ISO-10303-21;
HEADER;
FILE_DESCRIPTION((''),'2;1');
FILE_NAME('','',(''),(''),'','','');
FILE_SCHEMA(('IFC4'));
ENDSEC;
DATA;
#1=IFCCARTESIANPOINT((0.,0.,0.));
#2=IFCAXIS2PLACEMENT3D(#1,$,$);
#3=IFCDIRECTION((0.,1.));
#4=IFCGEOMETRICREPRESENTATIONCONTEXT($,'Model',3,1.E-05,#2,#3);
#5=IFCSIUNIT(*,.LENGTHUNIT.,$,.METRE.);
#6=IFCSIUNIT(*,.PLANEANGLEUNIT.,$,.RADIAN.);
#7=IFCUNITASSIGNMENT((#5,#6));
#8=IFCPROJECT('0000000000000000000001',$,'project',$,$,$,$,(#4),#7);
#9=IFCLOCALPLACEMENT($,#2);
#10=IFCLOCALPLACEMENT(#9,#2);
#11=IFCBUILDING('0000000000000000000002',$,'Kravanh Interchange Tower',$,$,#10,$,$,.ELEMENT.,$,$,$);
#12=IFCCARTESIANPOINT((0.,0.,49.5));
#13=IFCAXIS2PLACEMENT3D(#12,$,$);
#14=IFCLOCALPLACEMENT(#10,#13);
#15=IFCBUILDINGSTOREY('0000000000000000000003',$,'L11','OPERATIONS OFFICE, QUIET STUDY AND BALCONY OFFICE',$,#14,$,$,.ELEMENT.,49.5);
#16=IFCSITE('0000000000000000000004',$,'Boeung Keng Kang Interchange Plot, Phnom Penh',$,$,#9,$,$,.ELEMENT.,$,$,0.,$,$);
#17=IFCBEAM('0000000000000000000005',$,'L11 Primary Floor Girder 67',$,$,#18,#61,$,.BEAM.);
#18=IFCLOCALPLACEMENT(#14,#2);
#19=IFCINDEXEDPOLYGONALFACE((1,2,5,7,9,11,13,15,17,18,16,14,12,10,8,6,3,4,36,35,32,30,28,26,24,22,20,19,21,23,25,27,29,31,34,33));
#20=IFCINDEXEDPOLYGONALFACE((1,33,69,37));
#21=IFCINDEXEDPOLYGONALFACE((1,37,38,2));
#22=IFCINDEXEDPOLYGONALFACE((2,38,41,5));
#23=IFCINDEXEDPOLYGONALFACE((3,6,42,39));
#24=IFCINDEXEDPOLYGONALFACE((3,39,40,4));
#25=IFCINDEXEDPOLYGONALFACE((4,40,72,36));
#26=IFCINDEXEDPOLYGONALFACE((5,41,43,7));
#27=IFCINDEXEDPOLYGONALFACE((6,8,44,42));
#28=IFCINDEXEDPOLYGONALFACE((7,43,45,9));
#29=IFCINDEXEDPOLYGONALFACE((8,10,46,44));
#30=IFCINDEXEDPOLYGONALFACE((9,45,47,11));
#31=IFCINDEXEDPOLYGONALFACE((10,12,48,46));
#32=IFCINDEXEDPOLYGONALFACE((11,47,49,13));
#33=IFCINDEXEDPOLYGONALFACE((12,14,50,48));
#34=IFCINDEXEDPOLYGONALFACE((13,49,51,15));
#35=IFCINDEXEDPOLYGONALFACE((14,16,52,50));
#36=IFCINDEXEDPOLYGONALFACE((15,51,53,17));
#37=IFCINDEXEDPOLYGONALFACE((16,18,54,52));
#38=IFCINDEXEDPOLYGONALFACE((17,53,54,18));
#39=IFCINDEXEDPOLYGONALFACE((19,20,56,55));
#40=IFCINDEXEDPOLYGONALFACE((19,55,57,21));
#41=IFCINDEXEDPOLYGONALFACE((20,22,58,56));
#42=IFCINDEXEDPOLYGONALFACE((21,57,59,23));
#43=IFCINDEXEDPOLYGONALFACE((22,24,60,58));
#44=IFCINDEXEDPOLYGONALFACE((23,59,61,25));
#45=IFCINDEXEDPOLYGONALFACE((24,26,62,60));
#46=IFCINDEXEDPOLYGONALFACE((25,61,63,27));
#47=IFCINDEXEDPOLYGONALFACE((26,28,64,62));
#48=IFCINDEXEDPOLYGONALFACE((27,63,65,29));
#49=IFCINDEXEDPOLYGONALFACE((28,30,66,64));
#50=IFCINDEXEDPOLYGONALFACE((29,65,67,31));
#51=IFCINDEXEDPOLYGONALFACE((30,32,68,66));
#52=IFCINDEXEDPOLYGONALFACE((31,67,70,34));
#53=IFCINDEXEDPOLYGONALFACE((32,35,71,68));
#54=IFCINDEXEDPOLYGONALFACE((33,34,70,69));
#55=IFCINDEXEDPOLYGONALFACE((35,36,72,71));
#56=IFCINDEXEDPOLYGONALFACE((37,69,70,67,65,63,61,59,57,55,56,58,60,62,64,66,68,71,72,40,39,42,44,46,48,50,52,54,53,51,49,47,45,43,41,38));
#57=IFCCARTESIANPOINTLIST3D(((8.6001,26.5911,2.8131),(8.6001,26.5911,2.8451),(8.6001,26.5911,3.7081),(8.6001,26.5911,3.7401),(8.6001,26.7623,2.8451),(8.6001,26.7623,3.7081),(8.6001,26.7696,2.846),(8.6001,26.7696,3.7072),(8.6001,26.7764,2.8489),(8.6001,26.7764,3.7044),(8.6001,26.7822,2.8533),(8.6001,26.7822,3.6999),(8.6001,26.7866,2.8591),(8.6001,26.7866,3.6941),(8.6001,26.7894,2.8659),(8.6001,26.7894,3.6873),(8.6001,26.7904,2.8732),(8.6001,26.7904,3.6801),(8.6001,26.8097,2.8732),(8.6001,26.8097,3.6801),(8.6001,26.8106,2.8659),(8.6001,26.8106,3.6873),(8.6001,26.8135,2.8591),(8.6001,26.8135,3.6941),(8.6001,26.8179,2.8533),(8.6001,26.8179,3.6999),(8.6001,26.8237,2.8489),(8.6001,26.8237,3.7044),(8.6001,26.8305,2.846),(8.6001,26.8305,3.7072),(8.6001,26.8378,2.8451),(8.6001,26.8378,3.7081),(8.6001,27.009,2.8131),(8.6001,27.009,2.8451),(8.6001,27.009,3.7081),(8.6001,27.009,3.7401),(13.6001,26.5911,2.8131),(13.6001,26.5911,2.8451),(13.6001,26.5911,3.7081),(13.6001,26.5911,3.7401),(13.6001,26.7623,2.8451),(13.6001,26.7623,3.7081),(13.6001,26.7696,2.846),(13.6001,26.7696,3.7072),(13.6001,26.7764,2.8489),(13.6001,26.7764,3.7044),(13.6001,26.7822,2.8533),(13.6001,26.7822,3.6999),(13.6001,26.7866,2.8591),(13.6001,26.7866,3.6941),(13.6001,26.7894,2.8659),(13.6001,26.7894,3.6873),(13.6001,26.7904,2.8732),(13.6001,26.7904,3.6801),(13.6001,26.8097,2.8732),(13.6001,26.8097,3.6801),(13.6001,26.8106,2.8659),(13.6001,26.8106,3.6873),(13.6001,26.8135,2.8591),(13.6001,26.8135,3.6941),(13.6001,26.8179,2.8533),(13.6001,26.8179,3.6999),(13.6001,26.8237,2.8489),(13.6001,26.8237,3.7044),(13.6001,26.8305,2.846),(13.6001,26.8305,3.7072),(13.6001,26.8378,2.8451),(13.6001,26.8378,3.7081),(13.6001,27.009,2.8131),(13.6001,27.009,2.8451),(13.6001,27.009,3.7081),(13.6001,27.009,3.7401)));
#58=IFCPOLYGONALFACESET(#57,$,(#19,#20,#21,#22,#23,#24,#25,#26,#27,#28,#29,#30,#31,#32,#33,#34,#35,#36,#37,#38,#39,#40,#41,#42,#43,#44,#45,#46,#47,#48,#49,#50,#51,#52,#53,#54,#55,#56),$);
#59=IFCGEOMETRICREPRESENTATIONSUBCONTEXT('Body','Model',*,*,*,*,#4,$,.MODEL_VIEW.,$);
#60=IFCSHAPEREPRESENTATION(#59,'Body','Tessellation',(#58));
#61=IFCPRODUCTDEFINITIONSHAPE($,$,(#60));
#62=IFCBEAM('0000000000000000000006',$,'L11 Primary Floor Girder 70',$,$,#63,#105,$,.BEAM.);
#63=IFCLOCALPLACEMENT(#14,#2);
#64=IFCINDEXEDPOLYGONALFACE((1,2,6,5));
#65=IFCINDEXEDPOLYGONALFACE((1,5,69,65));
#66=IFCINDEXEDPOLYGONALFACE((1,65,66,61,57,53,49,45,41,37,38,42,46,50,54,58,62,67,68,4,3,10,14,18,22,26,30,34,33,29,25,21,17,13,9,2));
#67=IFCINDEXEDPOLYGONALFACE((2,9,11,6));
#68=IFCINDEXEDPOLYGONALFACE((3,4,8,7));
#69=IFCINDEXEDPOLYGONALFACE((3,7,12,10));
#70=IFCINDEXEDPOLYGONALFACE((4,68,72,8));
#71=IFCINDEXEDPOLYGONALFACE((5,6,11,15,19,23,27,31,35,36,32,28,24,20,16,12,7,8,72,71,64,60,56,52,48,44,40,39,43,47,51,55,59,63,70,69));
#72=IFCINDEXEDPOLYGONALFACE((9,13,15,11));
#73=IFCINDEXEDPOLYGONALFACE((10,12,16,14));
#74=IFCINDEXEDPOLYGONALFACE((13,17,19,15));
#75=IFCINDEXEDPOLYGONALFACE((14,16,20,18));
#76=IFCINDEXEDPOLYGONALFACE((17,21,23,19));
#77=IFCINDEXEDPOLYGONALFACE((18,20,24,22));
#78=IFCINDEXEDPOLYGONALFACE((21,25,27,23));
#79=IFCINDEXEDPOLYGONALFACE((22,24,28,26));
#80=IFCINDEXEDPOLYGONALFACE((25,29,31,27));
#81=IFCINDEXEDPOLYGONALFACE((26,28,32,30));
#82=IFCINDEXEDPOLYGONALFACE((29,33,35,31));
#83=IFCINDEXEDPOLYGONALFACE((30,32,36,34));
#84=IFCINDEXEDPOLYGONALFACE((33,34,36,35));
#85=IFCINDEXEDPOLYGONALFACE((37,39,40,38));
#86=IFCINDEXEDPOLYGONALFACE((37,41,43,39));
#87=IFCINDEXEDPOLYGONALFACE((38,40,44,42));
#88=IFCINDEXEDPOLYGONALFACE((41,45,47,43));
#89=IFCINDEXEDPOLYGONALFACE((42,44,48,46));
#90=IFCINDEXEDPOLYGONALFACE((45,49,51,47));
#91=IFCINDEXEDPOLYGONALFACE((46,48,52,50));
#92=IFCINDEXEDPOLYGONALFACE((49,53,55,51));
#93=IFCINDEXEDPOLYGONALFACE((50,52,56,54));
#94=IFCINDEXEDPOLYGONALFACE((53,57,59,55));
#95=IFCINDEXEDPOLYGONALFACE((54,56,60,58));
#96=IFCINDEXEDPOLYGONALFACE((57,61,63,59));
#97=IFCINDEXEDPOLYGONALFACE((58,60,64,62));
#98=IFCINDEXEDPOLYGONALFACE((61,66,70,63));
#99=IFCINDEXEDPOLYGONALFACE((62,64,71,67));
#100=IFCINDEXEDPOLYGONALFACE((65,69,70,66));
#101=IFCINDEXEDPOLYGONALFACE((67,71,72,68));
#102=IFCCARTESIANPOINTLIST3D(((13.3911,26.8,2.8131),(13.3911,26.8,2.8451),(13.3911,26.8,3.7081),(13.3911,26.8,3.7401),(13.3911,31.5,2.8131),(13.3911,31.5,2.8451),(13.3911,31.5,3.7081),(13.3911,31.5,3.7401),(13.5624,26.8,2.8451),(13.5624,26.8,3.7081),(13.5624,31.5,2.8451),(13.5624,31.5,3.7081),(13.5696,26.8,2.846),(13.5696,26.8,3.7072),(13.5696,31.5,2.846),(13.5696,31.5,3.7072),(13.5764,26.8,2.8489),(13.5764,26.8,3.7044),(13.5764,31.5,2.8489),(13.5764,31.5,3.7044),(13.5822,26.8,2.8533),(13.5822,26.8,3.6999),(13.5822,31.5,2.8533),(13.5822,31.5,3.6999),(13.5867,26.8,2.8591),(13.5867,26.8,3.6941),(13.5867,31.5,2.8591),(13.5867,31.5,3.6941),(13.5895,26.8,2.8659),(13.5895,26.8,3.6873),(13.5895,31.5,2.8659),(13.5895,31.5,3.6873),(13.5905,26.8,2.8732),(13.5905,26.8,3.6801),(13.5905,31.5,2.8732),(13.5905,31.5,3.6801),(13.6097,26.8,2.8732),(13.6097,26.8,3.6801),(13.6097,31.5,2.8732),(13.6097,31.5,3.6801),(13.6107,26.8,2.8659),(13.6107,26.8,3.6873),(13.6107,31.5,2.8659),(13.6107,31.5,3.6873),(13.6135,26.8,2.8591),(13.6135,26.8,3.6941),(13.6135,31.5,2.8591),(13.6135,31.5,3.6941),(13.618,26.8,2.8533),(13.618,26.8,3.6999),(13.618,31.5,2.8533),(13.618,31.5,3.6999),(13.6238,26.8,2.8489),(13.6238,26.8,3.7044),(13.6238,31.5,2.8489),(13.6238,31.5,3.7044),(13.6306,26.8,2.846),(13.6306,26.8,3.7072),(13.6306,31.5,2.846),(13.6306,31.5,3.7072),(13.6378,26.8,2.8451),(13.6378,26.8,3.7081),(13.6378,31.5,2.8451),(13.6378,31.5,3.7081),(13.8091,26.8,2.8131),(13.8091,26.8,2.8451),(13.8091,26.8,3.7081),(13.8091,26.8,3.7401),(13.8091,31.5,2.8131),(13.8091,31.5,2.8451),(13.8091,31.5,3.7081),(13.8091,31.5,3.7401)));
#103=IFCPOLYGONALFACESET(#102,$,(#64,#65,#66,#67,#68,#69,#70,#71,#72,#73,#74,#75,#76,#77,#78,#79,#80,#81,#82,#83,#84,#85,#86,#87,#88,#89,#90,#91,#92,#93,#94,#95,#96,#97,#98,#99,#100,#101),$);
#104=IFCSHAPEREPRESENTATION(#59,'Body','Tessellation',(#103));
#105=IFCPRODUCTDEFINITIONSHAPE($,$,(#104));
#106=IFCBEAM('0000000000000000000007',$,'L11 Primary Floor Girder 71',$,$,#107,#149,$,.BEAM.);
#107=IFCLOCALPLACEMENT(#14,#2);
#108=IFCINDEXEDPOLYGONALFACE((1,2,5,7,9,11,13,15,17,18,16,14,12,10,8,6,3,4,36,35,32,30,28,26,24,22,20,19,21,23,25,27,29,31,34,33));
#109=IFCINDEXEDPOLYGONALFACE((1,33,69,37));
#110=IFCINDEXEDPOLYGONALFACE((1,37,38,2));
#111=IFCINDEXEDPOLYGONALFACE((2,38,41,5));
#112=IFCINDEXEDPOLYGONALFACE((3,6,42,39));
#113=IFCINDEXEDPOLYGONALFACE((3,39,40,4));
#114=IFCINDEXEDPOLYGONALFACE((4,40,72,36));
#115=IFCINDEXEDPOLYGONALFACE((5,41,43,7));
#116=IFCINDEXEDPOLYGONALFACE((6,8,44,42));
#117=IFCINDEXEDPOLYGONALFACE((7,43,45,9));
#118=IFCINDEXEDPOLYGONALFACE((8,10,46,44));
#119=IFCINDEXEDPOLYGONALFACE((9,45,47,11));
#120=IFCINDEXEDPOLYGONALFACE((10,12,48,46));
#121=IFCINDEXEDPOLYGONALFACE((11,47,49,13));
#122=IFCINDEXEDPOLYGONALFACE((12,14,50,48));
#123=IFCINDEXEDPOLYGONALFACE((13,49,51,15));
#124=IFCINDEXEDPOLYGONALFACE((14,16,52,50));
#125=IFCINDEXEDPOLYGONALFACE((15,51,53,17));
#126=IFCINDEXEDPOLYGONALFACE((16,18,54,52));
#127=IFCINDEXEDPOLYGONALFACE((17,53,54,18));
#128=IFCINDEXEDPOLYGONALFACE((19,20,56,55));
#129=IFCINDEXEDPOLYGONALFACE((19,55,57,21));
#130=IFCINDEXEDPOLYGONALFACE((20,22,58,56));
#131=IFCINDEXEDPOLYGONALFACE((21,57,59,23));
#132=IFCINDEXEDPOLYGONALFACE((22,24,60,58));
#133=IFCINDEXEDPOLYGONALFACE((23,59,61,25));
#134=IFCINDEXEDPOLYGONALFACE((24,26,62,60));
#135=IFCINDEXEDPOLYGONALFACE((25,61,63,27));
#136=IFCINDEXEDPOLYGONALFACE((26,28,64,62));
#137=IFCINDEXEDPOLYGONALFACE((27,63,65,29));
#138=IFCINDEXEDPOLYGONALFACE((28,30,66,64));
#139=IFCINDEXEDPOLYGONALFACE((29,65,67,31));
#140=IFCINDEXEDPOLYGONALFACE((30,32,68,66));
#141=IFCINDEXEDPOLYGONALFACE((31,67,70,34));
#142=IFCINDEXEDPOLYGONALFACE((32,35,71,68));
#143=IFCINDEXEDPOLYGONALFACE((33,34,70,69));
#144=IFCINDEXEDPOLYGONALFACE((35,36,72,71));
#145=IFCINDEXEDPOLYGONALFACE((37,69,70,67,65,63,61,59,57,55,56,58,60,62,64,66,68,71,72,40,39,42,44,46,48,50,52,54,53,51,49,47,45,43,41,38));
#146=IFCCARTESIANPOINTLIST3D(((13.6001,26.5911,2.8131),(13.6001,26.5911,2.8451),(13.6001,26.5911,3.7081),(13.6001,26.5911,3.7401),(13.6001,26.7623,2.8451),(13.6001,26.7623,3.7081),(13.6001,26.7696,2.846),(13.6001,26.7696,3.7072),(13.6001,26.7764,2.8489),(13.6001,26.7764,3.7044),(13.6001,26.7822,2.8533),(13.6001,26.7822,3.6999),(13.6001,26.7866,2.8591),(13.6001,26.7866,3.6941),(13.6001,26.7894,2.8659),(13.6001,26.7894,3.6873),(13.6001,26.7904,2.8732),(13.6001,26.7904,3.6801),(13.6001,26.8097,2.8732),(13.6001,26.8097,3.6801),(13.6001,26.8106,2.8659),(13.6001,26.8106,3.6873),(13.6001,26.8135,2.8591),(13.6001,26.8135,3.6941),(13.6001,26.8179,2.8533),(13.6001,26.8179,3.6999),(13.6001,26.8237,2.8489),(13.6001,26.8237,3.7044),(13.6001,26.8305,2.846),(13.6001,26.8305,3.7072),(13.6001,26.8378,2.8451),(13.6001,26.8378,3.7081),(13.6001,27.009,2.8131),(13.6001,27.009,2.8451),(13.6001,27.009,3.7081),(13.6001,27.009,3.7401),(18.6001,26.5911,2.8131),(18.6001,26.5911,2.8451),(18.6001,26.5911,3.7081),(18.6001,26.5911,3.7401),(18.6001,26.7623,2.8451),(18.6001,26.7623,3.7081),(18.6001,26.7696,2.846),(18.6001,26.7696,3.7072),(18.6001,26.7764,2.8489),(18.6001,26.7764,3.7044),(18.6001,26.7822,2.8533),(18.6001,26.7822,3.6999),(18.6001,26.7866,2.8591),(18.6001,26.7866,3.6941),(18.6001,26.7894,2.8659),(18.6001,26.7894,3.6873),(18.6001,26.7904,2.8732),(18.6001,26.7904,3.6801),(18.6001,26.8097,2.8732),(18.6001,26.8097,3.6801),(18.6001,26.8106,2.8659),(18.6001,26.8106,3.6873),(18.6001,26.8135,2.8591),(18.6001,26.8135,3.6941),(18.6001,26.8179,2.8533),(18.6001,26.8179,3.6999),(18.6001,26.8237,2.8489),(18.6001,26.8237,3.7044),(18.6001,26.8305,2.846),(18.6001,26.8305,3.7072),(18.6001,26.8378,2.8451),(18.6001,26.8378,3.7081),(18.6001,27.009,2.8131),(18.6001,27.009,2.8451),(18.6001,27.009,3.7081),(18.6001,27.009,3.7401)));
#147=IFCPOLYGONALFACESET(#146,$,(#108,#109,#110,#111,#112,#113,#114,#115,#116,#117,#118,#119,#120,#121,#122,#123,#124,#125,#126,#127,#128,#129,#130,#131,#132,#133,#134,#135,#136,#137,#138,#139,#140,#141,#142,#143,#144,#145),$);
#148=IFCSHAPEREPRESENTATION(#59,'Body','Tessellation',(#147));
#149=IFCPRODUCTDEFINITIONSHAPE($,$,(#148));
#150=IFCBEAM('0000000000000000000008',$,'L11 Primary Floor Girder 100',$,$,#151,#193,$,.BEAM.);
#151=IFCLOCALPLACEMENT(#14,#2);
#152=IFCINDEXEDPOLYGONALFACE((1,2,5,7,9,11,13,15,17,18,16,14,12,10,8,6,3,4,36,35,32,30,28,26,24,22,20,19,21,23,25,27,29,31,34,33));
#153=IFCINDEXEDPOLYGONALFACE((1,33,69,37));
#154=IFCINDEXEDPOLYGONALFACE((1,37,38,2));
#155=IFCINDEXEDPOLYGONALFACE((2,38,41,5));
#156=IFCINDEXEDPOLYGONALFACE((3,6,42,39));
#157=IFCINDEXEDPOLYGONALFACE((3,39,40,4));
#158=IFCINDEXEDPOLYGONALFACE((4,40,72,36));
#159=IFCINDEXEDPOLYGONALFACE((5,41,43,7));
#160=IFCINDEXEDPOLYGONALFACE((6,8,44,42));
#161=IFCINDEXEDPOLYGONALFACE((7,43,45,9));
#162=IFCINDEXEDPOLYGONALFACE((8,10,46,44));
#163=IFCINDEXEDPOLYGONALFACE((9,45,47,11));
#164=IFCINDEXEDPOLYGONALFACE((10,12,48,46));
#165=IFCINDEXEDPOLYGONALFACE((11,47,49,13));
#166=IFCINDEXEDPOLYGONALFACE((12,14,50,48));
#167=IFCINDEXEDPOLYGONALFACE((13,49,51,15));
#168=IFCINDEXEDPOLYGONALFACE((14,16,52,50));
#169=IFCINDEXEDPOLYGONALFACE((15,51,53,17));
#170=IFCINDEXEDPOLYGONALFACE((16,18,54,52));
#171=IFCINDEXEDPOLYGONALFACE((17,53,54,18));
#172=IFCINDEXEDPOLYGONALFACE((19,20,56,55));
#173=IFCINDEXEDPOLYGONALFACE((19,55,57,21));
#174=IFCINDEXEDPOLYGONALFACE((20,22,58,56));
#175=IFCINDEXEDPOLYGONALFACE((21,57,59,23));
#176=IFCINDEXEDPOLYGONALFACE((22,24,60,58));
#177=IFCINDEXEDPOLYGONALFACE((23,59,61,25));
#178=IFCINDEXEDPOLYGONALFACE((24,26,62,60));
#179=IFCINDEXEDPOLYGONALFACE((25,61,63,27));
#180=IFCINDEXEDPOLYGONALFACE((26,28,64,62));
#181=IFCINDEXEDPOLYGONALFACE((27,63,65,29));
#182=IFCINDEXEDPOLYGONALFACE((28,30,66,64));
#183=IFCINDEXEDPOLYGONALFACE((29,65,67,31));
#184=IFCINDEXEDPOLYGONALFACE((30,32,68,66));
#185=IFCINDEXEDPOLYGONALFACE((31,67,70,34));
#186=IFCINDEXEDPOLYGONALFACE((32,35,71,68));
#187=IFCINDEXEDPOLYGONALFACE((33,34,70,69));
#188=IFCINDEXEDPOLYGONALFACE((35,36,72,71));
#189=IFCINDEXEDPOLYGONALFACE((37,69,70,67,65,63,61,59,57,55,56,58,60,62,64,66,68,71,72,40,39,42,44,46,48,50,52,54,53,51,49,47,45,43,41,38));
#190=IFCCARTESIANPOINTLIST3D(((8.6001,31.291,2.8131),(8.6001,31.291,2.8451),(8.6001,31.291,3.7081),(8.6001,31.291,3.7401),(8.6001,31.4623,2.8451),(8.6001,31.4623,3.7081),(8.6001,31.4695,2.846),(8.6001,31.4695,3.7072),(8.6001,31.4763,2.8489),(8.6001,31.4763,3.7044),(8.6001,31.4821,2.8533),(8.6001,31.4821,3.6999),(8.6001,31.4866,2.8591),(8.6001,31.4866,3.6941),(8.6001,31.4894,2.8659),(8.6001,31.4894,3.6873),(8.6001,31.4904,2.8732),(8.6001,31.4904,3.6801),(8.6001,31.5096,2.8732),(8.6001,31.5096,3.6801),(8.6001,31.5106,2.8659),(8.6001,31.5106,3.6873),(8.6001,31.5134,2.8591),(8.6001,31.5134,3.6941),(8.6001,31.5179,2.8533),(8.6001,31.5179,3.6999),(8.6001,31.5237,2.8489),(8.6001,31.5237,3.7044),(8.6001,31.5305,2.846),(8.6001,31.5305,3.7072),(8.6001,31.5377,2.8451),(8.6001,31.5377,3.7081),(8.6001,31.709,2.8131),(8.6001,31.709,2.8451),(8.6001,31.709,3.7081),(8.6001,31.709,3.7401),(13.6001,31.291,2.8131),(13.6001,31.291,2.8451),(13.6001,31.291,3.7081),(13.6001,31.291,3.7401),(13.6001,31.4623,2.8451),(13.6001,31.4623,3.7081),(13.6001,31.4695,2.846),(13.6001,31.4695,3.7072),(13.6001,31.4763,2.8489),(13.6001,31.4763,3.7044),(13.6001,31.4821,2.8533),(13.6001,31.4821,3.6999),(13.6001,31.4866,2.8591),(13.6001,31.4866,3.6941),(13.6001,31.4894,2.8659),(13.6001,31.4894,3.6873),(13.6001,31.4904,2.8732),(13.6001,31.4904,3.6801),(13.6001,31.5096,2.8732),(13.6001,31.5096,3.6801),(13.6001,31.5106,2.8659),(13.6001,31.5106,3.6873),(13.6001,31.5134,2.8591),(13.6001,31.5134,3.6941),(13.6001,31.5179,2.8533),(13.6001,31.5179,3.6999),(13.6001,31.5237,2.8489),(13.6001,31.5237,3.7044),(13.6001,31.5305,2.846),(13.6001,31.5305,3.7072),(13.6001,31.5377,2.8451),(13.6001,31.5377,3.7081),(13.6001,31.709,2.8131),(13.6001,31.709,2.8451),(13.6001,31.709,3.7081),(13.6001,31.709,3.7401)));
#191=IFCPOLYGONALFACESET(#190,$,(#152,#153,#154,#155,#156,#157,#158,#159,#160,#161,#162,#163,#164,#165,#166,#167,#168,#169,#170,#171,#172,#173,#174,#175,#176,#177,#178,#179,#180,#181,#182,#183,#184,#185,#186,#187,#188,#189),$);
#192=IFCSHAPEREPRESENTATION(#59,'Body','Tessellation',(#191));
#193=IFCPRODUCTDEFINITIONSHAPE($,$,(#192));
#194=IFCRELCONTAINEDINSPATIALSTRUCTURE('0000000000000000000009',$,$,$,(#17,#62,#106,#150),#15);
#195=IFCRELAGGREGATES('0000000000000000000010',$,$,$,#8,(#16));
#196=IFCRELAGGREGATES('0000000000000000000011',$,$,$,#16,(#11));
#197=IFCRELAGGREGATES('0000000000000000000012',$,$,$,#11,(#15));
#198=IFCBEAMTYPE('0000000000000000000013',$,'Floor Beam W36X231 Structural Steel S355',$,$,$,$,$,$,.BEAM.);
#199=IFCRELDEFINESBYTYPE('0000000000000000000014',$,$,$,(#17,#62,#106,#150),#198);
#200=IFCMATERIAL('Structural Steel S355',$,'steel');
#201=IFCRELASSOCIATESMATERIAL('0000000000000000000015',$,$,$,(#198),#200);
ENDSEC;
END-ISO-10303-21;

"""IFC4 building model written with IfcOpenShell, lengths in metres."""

from ifc_helpers import new_model, si_unit, direction, frame, origin, origin_2d, place, context, subcontext, project, spatial, i_section, extrude, material, material_profile, profile_set, type_object, element, save


model = new_model("IFC4")

# Units and contexts
model_context = context("Model", 3, precision=1e-05, world=origin(), true_north=direction((0.0, 1.0)))
body_context = subcontext(model_context, "Body", "Model", "MODEL_VIEW")
ifc_project = project(units=[si_unit("LENGTHUNIT", "METRE"), si_unit("PLANEANGLEUNIT", "RADIAN")], contexts=[model_context])

# Site, building, storey
site_placement = place(None, origin())
site = spatial("IfcSite", under=ifc_project, at=site_placement, Name="Boeung Keng Kang Interchange Plot, Phnom Penh", CompositionType="ELEMENT", RefElevation=0.0)
building_placement = place(site_placement, origin())
building = spatial("IfcBuilding", under=site, at=building_placement, Name="Kravanh Interchange Tower", CompositionType="ELEMENT")
storey_placement = place(building_placement, frame((0.0, 0.0, 49.5)))
storey = spatial("IfcBuildingStorey", under=building, at=storey_placement, Name="L11", Description="OPERATIONS OFFICE, QUIET STUDY AND BALCONY OFFICE", CompositionType="ELEMENT", Elevation=49.5)

# Beams
ifc_material_1 = material(Name="Structural Steel S355", Category="steel")
ifc_material_profile_1 = material_profile(ifc_material_1, i_section(OverallWidth=0.418, OverallDepth=0.927, WebThickness=0.0193, FlangeThickness=0.032, FilletRadius=0.0281, at=origin_2d()), Name="W36X231")
ifc_profile_set_1 = profile_set([ifc_material_profile_1], Name="Structural Steel S355")
beam_type_1 = type_object("IfcBeamType", Name="Floor Beam W36X231 Structural Steel S355", PredefinedType="BEAM", material=ifc_profile_set_1)
beam_1_placement = place(storey_placement, frame((8.6001, 26.8, 3.2766), z_axis=(1.0, 0.0, 0.0), x_axis=(0.0, 1.0, 0.0)))
element("IfcBeam", 1, at=beam_1_placement, inside=storey, type_object=beam_type_1, Name="L11 Primary Floor Girder 67", PredefinedType="BEAM", context=body_context, shape_type="SweptSolid", body=[
    extrude(i_section(OverallWidth=0.418, OverallDepth=0.927, WebThickness=0.0193, FlangeThickness=0.032, FilletRadius=0.0281, at=origin_2d()), origin(), (0.0, 0.0, 1.0), 5.0),
])
beam_2_placement = place(storey_placement, frame((13.6001, 26.8, 3.2766), z_axis=(0.0, 1.0, 0.0), x_axis=(-1.0, 0.0, 0.0)))
element("IfcBeam", 2, at=beam_2_placement, inside=storey, type_object=beam_type_1, Name="L11 Primary Floor Girder 70", PredefinedType="BEAM", context=body_context, shape_type="SweptSolid", body=[
    extrude(i_section(OverallWidth=0.418, OverallDepth=0.927, WebThickness=0.0193, FlangeThickness=0.032, FilletRadius=0.0281, at=origin_2d()), origin(), (0.0, 0.0, 1.0), 4.7),
])
for number, where, z_axis, x_axis, name in (
    (3, (13.6001, 26.8, 3.2766), (1.0, 0.0, 0.0), (0.0, 1.0, 0.0), "L11 Primary Floor Girder 71"),
    (4, (8.6001, 31.5, 3.2766), (1.0, 0.0, 0.0), (0.0, 1.0, 0.0), "L11 Primary Floor Girder 100"),
):
    element("IfcBeam", number, at=place(storey_placement, frame(where, z_axis=z_axis, x_axis=x_axis)), inside=storey, type_object=beam_type_1, Name=name, PredefinedType="BEAM", context=body_context, shape_type="SweptSolid", body=[
        extrude(i_section(OverallWidth=0.418, OverallDepth=0.927, WebThickness=0.0193, FlangeThickness=0.032, FilletRadius=0.0281, at=origin_2d()), origin(), (0.0, 0.0, 1.0), 5.0),
    ])

save(model, "model.ifc")
